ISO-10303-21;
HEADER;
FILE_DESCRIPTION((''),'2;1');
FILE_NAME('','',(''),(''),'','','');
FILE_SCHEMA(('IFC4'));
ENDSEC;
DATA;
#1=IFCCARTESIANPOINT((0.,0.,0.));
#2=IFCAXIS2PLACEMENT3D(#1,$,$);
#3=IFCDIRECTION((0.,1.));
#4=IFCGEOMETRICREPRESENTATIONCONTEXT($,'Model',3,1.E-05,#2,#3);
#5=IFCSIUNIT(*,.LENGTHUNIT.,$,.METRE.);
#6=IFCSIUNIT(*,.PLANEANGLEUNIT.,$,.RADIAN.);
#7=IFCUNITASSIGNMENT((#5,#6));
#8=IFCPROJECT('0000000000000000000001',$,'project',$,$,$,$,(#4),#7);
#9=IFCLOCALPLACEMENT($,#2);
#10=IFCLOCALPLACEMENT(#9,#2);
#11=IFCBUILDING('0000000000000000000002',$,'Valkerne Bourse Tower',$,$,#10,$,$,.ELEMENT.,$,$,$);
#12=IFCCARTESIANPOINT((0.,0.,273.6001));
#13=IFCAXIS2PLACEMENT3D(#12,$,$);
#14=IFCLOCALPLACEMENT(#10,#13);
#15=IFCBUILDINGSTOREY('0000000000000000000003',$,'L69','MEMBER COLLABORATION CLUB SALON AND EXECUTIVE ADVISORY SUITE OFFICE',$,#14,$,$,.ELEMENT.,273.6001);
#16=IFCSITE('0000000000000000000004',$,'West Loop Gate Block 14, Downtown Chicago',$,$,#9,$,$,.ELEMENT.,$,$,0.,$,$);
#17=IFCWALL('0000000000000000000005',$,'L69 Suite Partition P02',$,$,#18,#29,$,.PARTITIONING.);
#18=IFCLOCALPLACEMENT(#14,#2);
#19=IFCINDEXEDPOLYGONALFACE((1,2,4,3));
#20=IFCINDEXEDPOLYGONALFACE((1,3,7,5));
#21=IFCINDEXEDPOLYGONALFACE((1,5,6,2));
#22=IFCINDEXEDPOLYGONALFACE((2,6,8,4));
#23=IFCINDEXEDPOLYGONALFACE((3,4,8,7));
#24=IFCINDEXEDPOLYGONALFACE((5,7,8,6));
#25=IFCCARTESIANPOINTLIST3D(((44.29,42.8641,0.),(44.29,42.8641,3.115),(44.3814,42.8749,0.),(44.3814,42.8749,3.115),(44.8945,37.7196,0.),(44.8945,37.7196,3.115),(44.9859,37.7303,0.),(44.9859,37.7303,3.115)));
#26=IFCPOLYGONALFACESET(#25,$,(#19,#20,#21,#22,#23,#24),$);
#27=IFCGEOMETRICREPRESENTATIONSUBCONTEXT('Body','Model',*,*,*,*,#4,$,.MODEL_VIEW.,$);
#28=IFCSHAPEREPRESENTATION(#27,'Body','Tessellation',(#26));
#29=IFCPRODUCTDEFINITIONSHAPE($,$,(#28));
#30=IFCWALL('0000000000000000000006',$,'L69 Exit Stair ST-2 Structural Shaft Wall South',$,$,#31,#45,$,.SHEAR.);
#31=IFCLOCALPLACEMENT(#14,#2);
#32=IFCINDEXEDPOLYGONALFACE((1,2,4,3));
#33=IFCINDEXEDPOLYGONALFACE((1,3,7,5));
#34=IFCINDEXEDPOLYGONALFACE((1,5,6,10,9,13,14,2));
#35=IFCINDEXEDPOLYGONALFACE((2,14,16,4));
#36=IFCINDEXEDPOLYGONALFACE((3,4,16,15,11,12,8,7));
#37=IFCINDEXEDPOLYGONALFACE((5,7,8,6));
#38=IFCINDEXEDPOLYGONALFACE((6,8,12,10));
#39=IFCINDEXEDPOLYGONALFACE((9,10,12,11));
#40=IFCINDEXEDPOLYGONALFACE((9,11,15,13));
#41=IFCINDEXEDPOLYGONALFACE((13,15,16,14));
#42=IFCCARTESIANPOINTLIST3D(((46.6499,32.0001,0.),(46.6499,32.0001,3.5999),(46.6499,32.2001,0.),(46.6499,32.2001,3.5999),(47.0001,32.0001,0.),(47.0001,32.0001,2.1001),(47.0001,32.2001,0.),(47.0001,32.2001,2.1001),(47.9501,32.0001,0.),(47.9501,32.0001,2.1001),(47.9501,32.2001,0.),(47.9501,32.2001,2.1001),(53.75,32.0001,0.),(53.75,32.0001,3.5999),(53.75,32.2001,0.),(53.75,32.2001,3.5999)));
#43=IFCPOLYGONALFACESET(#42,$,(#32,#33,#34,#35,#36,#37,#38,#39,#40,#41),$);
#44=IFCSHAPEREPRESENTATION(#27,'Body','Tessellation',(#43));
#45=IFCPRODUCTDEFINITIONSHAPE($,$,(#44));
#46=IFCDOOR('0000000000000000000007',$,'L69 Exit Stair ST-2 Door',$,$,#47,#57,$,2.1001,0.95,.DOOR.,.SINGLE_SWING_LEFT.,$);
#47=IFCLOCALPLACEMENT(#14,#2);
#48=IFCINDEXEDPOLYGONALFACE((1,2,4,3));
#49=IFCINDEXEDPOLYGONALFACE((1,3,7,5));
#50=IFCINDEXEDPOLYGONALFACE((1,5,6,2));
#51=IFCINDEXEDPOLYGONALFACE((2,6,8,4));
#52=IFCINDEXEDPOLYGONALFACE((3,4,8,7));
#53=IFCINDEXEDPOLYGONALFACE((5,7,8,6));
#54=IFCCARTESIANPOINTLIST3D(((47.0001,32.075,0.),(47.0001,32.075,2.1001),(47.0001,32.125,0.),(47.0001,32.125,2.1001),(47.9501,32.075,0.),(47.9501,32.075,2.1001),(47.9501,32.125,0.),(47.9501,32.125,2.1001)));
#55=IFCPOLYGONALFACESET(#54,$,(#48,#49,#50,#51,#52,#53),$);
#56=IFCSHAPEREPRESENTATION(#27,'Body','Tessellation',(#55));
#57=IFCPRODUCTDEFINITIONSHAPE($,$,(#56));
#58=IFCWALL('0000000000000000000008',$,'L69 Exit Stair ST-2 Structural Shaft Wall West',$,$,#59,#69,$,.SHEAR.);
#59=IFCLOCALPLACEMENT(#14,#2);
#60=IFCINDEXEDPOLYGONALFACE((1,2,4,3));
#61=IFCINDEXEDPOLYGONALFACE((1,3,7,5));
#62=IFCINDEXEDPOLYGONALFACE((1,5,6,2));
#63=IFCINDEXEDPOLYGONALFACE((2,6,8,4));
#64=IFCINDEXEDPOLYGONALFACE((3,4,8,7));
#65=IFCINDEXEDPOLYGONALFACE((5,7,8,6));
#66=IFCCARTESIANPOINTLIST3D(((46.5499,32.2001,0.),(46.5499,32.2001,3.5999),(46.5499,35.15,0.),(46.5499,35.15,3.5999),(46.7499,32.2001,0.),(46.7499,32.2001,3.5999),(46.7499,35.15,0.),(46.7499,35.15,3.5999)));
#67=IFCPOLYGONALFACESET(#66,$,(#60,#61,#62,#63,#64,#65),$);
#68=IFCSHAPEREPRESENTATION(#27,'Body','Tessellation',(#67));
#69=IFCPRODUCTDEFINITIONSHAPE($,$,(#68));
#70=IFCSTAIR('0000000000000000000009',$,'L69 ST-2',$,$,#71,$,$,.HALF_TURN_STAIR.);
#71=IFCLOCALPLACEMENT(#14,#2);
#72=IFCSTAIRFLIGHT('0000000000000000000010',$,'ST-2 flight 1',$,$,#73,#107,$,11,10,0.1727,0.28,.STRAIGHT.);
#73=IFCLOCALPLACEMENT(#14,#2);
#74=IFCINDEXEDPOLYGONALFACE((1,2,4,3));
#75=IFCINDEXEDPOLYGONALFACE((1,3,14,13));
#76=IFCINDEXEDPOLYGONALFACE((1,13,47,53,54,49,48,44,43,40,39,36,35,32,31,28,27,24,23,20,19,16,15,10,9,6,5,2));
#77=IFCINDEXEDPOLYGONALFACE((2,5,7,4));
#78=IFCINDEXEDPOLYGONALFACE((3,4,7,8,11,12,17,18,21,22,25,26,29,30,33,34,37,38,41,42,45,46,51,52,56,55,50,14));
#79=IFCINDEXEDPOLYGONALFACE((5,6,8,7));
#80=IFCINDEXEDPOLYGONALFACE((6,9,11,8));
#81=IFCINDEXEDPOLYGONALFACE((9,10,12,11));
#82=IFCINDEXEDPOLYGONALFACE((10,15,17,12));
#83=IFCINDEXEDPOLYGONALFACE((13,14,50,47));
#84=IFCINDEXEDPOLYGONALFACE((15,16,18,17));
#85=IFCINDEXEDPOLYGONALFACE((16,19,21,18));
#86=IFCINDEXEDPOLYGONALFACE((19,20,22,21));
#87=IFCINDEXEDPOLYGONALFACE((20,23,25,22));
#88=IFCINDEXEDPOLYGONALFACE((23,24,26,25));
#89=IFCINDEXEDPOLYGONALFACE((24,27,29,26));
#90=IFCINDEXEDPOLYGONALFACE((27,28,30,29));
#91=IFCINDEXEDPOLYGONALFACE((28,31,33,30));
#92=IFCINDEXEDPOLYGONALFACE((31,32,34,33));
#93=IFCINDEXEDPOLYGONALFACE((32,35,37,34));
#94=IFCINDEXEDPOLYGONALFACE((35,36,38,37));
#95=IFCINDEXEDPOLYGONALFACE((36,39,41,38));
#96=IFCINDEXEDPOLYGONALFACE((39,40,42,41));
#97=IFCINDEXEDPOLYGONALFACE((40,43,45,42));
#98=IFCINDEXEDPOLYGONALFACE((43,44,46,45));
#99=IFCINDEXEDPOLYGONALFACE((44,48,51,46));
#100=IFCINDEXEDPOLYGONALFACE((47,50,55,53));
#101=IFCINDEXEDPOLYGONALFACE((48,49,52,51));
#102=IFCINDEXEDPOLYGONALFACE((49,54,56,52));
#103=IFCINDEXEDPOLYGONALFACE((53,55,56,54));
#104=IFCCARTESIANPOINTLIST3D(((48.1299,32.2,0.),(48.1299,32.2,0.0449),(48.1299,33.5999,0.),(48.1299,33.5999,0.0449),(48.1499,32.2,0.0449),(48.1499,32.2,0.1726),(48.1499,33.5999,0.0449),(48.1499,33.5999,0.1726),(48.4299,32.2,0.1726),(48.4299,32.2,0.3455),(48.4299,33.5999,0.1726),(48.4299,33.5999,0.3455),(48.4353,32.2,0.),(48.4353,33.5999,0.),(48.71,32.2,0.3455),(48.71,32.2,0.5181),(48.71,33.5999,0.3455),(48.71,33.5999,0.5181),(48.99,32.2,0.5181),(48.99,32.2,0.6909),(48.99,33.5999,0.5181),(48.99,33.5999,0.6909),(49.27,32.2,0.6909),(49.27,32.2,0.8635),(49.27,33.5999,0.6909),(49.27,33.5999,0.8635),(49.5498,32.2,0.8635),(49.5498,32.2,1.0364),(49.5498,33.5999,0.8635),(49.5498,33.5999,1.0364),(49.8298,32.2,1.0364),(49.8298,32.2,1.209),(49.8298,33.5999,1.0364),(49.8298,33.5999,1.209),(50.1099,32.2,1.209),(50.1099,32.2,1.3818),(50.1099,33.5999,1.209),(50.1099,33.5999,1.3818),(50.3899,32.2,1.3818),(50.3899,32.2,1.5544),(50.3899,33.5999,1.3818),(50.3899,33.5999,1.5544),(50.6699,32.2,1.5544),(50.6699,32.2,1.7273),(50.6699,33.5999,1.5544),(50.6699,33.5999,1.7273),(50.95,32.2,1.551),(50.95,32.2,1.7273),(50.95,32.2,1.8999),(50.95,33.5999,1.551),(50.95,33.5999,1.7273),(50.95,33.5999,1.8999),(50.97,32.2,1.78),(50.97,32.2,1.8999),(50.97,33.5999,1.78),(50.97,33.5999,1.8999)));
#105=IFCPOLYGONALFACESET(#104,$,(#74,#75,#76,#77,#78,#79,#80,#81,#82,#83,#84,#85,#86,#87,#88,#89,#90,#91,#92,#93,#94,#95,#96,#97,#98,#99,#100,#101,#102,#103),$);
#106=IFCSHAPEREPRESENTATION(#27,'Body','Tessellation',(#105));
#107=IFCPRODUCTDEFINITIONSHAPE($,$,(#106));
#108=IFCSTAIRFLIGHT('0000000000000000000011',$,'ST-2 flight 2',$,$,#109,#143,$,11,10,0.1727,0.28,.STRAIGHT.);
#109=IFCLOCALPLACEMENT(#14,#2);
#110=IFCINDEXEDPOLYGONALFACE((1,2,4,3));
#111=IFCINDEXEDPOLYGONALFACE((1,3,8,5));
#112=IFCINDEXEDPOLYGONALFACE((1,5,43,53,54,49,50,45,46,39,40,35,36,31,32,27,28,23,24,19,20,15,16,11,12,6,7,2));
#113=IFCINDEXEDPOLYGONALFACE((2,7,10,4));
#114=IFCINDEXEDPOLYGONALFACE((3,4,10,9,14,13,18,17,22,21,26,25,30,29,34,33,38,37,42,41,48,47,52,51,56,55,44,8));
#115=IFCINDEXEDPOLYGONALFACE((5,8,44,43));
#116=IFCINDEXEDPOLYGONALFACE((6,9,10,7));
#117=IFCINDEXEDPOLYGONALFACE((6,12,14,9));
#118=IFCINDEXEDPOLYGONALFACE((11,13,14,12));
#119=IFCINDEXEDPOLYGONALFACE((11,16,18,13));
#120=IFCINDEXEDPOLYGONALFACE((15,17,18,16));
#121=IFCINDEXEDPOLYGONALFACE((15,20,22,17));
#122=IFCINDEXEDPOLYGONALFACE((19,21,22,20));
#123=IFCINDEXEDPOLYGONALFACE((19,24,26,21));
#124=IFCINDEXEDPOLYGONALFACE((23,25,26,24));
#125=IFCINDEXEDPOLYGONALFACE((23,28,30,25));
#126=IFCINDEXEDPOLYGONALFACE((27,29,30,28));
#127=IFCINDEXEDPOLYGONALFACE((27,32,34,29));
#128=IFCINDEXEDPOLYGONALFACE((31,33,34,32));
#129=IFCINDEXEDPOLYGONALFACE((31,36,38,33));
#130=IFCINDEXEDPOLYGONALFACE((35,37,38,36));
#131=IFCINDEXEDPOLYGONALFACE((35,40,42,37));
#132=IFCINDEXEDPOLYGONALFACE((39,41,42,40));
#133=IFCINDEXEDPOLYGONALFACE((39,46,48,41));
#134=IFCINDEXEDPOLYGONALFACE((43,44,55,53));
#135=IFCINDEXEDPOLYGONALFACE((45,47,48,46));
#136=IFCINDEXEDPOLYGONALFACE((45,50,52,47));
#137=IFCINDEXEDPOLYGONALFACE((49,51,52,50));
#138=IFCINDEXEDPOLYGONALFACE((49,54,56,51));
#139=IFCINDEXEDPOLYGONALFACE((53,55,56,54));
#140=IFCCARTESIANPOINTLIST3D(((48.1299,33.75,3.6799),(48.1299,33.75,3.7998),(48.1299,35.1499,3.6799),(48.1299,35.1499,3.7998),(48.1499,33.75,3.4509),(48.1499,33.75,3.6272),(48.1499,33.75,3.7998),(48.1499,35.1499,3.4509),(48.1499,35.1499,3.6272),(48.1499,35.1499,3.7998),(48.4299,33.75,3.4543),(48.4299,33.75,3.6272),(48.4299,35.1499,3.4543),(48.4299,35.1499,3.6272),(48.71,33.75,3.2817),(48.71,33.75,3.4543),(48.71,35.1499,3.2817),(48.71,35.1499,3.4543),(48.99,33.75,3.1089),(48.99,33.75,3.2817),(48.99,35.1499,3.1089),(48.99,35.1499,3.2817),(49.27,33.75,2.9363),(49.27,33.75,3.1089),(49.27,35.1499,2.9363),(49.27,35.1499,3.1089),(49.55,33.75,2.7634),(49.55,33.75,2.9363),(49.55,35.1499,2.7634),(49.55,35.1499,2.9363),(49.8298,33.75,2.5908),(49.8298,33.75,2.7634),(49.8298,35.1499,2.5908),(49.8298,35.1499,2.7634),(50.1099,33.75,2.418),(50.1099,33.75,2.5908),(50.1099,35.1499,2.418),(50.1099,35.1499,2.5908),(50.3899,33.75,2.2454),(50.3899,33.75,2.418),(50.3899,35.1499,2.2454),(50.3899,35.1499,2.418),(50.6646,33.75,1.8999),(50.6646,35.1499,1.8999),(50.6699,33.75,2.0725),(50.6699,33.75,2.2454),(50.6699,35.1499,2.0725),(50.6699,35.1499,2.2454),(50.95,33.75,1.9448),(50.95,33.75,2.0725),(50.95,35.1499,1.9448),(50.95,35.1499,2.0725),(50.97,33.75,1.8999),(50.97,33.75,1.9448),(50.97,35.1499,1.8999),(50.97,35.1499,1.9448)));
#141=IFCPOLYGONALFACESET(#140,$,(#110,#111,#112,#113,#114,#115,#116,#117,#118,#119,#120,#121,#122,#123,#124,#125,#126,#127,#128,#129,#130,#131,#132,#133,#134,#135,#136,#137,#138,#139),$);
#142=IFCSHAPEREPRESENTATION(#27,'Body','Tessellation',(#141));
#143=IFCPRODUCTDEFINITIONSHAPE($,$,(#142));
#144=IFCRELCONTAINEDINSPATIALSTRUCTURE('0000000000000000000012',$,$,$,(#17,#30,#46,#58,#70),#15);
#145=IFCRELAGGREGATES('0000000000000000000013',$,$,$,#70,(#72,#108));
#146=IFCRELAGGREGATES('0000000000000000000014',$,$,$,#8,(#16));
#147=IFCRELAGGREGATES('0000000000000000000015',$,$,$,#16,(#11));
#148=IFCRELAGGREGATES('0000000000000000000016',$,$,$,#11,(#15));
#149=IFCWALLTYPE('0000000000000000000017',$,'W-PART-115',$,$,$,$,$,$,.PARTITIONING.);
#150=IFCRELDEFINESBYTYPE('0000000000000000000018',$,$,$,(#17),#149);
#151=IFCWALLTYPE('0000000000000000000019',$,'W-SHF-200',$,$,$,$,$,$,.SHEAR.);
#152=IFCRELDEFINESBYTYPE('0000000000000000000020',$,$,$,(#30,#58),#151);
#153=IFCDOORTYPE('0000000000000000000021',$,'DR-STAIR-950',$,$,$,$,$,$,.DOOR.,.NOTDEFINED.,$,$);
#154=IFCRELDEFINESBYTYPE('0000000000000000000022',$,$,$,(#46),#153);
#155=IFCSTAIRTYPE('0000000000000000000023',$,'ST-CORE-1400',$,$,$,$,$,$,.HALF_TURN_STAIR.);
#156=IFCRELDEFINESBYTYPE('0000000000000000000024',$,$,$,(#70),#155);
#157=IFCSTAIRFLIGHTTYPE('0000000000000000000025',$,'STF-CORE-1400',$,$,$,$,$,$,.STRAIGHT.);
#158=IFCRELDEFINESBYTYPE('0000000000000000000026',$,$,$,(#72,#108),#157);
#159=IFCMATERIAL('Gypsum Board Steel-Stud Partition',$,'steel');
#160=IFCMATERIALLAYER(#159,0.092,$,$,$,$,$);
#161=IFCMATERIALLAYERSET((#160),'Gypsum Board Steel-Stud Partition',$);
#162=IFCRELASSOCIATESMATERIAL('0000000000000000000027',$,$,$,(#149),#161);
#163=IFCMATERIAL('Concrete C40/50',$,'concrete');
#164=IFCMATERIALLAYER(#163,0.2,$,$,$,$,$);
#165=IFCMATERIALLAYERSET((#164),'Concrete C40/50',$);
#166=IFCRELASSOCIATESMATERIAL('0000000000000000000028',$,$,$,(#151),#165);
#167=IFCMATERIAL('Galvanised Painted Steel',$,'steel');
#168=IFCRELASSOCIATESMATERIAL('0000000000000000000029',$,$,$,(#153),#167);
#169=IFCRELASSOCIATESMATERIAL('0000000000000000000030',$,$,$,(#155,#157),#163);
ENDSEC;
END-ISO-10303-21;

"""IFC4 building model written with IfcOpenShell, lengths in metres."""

from ifc_helpers import new_model, si_unit, direction, frame, frame_2d, origin, place, context, subcontext, project, spatial, polyline, rectangle, outline, extrude, material, layer, layer_set, type_object, element, fill, aggregate, save


model = new_model("IFC4")

# Units and contexts
model_context = context("Model", 3, precision=1e-05, world=origin(), true_north=direction((0.0, 1.0)))
body_context = subcontext(model_context, "Body", "Model", "MODEL_VIEW")
ifc_project = project(units=[si_unit("LENGTHUNIT", "METRE"), si_unit("PLANEANGLEUNIT", "RADIAN")], contexts=[model_context])

# Site, building, storey
site_placement = place(None, origin())
site = spatial("IfcSite", under=ifc_project, at=site_placement, Name="West Loop Gate Block 14, Downtown Chicago", CompositionType="ELEMENT", RefElevation=0.0)
building_placement = place(site_placement, origin())
building = spatial("IfcBuilding", under=site, at=building_placement, Name="Valkerne Bourse Tower", CompositionType="ELEMENT")
storey_placement = place(building_placement, frame((0.0, 0.0, 273.6001)))
storey = spatial("IfcBuildingStorey", under=building, at=storey_placement, Name="L69", Description="MEMBER COLLABORATION CLUB SALON AND EXECUTIVE ADVISORY SUITE OFFICE", CompositionType="ELEMENT", Elevation=273.6001)

# Shared definitions
ifc_material_1 = material(Name="Gypsum Board Steel-Stud Partition", Category="steel")
ifc_material_2 = material(Name="Galvanised Painted Steel", Category="steel")

# Wall
ifc_layer_1 = layer(ifc_material_1, 0.092)
ifc_layer_set_1 = layer_set([ifc_layer_1], Name="Gypsum Board Steel-Stud Partition")
wall_type_1 = type_object("IfcWallType", Name="W-PART-115", PredefinedType="PARTITIONING", material=ifc_layer_set_1)
wall_1_placement = place(storey_placement, frame((44.9402, 37.7251, 0.0), z_axis=(0.0, 0.0, 1.0), x_axis=(-0.116699, 0.993167, 0.0)))
element("IfcWall", 1, at=wall_1_placement, inside=storey, type_object=wall_type_1, Name="L69 Suite Partition P02", PredefinedType="PARTITIONING", context=body_context, shape_type="SweptSolid", body=[
    extrude(rectangle(XDim=5.1799, YDim=0.092, at=frame_2d((2.5898, 0.0))), origin(), (0.0, 0.0, 1.0), 3.115),
])

# Wall, opening, door
ifc_material_3 = material(Name="Concrete C40/50", Category="concrete")
ifc_layer_2 = layer(ifc_material_3, 0.2)
ifc_layer_set_2 = layer_set([ifc_layer_2], Name="Concrete C40/50")
wall_type_2 = type_object("IfcWallType", Name="W-SHF-200", PredefinedType="SHEAR", material=ifc_layer_set_2)
wall_2_placement = place(storey_placement, frame((46.6499, 32.1001, 0.0), z_axis=(0.0, 0.0, 1.0), x_axis=(1.0, 0.0, 0.0)))
wall_2 = element("IfcWall", 2, at=wall_2_placement, inside=storey, type_object=wall_type_2, Name="L69 Exit Stair ST-2 Structural Shaft Wall South", PredefinedType="SHEAR", context=body_context, shape_type="SweptSolid", body=[
    extrude(rectangle(XDim=7.1001, YDim=0.2, at=frame_2d((3.55, 0.0))), origin(), (0.0, 0.0, 1.0), 3.5999),
])
opening_1_placement = place(wall_2_placement, frame((0.3501, 0.0, 0.0)))
opening_1 = element("IfcOpeningElement", 3, at=opening_1_placement, cuts=wall_2, PredefinedType="OPENING", context=body_context, shape_type="SweptSolid", body=[
    extrude(rectangle(XDim=0.95, YDim=2.1001, at=frame_2d((0.4751, 1.05))), frame((0.0, 0.1099, 0.0), z_axis=(0.0, -1.0, 0.0), x_axis=(1.0, 0.0, 0.0)), (0.0, 0.0, 1.0), 0.22),
])
door_type_1 = type_object("IfcDoorType", Name="DR-STAIR-950", OperationType="NOTDEFINED", PredefinedType="DOOR", material=ifc_material_2)
door_1_placement = place(opening_1_placement, origin())
door_1 = element("IfcDoor", 4, at=door_1_placement, inside=storey, type_object=door_type_1, Name="L69 Exit Stair ST-2 Door", OperationType="SINGLE_SWING_LEFT", OverallHeight=2.1001, OverallWidth=0.95, PredefinedType="DOOR", context=body_context, shape_type="SweptSolid", body=[
    extrude(rectangle(XDim=0.95, YDim=2.1001, at=frame_2d((0.4751, 1.05))), frame((0.0, 0.0249, 0.0), z_axis=(0.0, -1.0, 0.0), x_axis=(1.0, 0.0, 0.0)), (0.0, 0.0, 1.0), 0.05),
])
fill(opening_1, door_1)

# Wall
wall_3_placement = place(storey_placement, frame((46.6499, 32.2, 0.0), z_axis=(0.0, 0.0, 1.0), x_axis=(0.0, 1.0, 0.0)))
element("IfcWall", 5, at=wall_3_placement, inside=storey, type_object=wall_type_2, Name="L69 Exit Stair ST-2 Structural Shaft Wall West", PredefinedType="SHEAR", context=body_context, shape_type="SweptSolid", body=[
    extrude(rectangle(XDim=2.95, YDim=0.2, at=frame_2d((1.4751, 0.0))), origin(), (0.0, 0.0, 1.0), 3.5999),
])

# Stair, stair flights
stair_type = type_object("IfcStairType", Name="ST-CORE-1400", PredefinedType="HALF_TURN_STAIR", material=ifc_material_3)
stair_placement = place(storey_placement, origin())
stair = element("IfcStair", 6, at=stair_placement, inside=storey, type_object=stair_type, Name="L69 ST-2", PredefinedType="HALF_TURN_STAIR")
stair_flight_type = type_object("IfcStairFlightType", Name="STF-CORE-1400", PredefinedType="STRAIGHT", material=ifc_material_3)
stair_flight_1_placement = place(storey_placement, frame((48.1499, 32.8999, 0.0), z_axis=(0.0, 0.0, 1.0), x_axis=(1.0, 0.0, 0.0)))
stair_flight_1 = element("IfcStairFlight", 7, at=stair_flight_1_placement, type_object=stair_flight_type, Name="ST-2 flight 1", NumberOfRisers=11, NumberOfTreads=10, PredefinedType="STRAIGHT", RiserHeight=0.1727, TreadLength=0.28, context=body_context, shape_type="SweptSolid", body=[
    extrude(outline(polyline([(-0.02, 0.0), (-0.02, 0.0449), (0.0, 0.0449), (0.0, 0.1726), (0.28, 0.1726), (0.28, 0.3455), (0.5601, 0.3455), (0.5601, 0.5181), (0.8401, 0.5181), (0.8401, 0.6909), (1.1201, 0.6909), (1.1201, 0.8635), (1.3999, 0.8635), (1.3999, 1.0364), (1.6799, 1.0364), (1.6799, 1.209), (1.96, 1.209), (1.96, 1.3818), (2.24, 1.3818), (2.24, 1.5544), (2.52, 1.5544), (2.52, 1.7273), (2.8, 1.7273), (2.8, 1.8999), (2.8201, 1.8999), (2.8201, 1.78), (2.8, 1.551), (0.2854, 0.0), (-0.02, 0.0)])), frame((0.0, 0.7, 0.0), z_axis=(0.0, -1.0, 0.0), x_axis=(1.0, 0.0, 0.0)), (0.0, 0.0, 1.0), 1.3999),
])
stair_flight_2_placement = place(storey_placement, frame((50.95, 34.45, 1.8999), z_axis=(0.0, 0.0, 1.0), x_axis=(-1.0, 0.0, 0.0)))
stair_flight_2 = element("IfcStairFlight", 8, at=stair_flight_2_placement, type_object=stair_flight_type, Name="ST-2 flight 2", NumberOfRisers=11, NumberOfTreads=10, PredefinedType="STRAIGHT", RiserHeight=0.1727, TreadLength=0.28, context=body_context, shape_type="SweptSolid", body=[
    extrude(outline(polyline([(-0.02, 0.0), (-0.02, 0.0449), (0.0, 0.0449), (0.0, 0.1726), (0.28, 0.1726), (0.28, 0.3455), (0.5601, 0.3455), (0.5601, 0.5181), (0.8401, 0.5181), (0.8401, 0.6909), (1.1201, 0.6909), (1.1201, 0.8635), (1.3999, 0.8635), (1.3999, 1.0364), (1.6799, 1.0364), (1.6799, 1.209), (1.96, 1.209), (1.96, 1.3818), (2.24, 1.3818), (2.24, 1.5544), (2.52, 1.5544), (2.52, 1.7273), (2.8, 1.7273), (2.8, 1.8999), (2.8201, 1.8999), (2.8201, 1.78), (2.8, 1.551), (0.2854, 0.0), (-0.02, 0.0)])), frame((0.0, 0.7, 0.0), z_axis=(0.0, -1.0, 0.0), x_axis=(1.0, 0.0, 0.0)), (0.0, 0.0, 1.0), 1.3999),
])
aggregate(stair, [stair_flight_1, stair_flight_2])

save(model, "model.ifc")
